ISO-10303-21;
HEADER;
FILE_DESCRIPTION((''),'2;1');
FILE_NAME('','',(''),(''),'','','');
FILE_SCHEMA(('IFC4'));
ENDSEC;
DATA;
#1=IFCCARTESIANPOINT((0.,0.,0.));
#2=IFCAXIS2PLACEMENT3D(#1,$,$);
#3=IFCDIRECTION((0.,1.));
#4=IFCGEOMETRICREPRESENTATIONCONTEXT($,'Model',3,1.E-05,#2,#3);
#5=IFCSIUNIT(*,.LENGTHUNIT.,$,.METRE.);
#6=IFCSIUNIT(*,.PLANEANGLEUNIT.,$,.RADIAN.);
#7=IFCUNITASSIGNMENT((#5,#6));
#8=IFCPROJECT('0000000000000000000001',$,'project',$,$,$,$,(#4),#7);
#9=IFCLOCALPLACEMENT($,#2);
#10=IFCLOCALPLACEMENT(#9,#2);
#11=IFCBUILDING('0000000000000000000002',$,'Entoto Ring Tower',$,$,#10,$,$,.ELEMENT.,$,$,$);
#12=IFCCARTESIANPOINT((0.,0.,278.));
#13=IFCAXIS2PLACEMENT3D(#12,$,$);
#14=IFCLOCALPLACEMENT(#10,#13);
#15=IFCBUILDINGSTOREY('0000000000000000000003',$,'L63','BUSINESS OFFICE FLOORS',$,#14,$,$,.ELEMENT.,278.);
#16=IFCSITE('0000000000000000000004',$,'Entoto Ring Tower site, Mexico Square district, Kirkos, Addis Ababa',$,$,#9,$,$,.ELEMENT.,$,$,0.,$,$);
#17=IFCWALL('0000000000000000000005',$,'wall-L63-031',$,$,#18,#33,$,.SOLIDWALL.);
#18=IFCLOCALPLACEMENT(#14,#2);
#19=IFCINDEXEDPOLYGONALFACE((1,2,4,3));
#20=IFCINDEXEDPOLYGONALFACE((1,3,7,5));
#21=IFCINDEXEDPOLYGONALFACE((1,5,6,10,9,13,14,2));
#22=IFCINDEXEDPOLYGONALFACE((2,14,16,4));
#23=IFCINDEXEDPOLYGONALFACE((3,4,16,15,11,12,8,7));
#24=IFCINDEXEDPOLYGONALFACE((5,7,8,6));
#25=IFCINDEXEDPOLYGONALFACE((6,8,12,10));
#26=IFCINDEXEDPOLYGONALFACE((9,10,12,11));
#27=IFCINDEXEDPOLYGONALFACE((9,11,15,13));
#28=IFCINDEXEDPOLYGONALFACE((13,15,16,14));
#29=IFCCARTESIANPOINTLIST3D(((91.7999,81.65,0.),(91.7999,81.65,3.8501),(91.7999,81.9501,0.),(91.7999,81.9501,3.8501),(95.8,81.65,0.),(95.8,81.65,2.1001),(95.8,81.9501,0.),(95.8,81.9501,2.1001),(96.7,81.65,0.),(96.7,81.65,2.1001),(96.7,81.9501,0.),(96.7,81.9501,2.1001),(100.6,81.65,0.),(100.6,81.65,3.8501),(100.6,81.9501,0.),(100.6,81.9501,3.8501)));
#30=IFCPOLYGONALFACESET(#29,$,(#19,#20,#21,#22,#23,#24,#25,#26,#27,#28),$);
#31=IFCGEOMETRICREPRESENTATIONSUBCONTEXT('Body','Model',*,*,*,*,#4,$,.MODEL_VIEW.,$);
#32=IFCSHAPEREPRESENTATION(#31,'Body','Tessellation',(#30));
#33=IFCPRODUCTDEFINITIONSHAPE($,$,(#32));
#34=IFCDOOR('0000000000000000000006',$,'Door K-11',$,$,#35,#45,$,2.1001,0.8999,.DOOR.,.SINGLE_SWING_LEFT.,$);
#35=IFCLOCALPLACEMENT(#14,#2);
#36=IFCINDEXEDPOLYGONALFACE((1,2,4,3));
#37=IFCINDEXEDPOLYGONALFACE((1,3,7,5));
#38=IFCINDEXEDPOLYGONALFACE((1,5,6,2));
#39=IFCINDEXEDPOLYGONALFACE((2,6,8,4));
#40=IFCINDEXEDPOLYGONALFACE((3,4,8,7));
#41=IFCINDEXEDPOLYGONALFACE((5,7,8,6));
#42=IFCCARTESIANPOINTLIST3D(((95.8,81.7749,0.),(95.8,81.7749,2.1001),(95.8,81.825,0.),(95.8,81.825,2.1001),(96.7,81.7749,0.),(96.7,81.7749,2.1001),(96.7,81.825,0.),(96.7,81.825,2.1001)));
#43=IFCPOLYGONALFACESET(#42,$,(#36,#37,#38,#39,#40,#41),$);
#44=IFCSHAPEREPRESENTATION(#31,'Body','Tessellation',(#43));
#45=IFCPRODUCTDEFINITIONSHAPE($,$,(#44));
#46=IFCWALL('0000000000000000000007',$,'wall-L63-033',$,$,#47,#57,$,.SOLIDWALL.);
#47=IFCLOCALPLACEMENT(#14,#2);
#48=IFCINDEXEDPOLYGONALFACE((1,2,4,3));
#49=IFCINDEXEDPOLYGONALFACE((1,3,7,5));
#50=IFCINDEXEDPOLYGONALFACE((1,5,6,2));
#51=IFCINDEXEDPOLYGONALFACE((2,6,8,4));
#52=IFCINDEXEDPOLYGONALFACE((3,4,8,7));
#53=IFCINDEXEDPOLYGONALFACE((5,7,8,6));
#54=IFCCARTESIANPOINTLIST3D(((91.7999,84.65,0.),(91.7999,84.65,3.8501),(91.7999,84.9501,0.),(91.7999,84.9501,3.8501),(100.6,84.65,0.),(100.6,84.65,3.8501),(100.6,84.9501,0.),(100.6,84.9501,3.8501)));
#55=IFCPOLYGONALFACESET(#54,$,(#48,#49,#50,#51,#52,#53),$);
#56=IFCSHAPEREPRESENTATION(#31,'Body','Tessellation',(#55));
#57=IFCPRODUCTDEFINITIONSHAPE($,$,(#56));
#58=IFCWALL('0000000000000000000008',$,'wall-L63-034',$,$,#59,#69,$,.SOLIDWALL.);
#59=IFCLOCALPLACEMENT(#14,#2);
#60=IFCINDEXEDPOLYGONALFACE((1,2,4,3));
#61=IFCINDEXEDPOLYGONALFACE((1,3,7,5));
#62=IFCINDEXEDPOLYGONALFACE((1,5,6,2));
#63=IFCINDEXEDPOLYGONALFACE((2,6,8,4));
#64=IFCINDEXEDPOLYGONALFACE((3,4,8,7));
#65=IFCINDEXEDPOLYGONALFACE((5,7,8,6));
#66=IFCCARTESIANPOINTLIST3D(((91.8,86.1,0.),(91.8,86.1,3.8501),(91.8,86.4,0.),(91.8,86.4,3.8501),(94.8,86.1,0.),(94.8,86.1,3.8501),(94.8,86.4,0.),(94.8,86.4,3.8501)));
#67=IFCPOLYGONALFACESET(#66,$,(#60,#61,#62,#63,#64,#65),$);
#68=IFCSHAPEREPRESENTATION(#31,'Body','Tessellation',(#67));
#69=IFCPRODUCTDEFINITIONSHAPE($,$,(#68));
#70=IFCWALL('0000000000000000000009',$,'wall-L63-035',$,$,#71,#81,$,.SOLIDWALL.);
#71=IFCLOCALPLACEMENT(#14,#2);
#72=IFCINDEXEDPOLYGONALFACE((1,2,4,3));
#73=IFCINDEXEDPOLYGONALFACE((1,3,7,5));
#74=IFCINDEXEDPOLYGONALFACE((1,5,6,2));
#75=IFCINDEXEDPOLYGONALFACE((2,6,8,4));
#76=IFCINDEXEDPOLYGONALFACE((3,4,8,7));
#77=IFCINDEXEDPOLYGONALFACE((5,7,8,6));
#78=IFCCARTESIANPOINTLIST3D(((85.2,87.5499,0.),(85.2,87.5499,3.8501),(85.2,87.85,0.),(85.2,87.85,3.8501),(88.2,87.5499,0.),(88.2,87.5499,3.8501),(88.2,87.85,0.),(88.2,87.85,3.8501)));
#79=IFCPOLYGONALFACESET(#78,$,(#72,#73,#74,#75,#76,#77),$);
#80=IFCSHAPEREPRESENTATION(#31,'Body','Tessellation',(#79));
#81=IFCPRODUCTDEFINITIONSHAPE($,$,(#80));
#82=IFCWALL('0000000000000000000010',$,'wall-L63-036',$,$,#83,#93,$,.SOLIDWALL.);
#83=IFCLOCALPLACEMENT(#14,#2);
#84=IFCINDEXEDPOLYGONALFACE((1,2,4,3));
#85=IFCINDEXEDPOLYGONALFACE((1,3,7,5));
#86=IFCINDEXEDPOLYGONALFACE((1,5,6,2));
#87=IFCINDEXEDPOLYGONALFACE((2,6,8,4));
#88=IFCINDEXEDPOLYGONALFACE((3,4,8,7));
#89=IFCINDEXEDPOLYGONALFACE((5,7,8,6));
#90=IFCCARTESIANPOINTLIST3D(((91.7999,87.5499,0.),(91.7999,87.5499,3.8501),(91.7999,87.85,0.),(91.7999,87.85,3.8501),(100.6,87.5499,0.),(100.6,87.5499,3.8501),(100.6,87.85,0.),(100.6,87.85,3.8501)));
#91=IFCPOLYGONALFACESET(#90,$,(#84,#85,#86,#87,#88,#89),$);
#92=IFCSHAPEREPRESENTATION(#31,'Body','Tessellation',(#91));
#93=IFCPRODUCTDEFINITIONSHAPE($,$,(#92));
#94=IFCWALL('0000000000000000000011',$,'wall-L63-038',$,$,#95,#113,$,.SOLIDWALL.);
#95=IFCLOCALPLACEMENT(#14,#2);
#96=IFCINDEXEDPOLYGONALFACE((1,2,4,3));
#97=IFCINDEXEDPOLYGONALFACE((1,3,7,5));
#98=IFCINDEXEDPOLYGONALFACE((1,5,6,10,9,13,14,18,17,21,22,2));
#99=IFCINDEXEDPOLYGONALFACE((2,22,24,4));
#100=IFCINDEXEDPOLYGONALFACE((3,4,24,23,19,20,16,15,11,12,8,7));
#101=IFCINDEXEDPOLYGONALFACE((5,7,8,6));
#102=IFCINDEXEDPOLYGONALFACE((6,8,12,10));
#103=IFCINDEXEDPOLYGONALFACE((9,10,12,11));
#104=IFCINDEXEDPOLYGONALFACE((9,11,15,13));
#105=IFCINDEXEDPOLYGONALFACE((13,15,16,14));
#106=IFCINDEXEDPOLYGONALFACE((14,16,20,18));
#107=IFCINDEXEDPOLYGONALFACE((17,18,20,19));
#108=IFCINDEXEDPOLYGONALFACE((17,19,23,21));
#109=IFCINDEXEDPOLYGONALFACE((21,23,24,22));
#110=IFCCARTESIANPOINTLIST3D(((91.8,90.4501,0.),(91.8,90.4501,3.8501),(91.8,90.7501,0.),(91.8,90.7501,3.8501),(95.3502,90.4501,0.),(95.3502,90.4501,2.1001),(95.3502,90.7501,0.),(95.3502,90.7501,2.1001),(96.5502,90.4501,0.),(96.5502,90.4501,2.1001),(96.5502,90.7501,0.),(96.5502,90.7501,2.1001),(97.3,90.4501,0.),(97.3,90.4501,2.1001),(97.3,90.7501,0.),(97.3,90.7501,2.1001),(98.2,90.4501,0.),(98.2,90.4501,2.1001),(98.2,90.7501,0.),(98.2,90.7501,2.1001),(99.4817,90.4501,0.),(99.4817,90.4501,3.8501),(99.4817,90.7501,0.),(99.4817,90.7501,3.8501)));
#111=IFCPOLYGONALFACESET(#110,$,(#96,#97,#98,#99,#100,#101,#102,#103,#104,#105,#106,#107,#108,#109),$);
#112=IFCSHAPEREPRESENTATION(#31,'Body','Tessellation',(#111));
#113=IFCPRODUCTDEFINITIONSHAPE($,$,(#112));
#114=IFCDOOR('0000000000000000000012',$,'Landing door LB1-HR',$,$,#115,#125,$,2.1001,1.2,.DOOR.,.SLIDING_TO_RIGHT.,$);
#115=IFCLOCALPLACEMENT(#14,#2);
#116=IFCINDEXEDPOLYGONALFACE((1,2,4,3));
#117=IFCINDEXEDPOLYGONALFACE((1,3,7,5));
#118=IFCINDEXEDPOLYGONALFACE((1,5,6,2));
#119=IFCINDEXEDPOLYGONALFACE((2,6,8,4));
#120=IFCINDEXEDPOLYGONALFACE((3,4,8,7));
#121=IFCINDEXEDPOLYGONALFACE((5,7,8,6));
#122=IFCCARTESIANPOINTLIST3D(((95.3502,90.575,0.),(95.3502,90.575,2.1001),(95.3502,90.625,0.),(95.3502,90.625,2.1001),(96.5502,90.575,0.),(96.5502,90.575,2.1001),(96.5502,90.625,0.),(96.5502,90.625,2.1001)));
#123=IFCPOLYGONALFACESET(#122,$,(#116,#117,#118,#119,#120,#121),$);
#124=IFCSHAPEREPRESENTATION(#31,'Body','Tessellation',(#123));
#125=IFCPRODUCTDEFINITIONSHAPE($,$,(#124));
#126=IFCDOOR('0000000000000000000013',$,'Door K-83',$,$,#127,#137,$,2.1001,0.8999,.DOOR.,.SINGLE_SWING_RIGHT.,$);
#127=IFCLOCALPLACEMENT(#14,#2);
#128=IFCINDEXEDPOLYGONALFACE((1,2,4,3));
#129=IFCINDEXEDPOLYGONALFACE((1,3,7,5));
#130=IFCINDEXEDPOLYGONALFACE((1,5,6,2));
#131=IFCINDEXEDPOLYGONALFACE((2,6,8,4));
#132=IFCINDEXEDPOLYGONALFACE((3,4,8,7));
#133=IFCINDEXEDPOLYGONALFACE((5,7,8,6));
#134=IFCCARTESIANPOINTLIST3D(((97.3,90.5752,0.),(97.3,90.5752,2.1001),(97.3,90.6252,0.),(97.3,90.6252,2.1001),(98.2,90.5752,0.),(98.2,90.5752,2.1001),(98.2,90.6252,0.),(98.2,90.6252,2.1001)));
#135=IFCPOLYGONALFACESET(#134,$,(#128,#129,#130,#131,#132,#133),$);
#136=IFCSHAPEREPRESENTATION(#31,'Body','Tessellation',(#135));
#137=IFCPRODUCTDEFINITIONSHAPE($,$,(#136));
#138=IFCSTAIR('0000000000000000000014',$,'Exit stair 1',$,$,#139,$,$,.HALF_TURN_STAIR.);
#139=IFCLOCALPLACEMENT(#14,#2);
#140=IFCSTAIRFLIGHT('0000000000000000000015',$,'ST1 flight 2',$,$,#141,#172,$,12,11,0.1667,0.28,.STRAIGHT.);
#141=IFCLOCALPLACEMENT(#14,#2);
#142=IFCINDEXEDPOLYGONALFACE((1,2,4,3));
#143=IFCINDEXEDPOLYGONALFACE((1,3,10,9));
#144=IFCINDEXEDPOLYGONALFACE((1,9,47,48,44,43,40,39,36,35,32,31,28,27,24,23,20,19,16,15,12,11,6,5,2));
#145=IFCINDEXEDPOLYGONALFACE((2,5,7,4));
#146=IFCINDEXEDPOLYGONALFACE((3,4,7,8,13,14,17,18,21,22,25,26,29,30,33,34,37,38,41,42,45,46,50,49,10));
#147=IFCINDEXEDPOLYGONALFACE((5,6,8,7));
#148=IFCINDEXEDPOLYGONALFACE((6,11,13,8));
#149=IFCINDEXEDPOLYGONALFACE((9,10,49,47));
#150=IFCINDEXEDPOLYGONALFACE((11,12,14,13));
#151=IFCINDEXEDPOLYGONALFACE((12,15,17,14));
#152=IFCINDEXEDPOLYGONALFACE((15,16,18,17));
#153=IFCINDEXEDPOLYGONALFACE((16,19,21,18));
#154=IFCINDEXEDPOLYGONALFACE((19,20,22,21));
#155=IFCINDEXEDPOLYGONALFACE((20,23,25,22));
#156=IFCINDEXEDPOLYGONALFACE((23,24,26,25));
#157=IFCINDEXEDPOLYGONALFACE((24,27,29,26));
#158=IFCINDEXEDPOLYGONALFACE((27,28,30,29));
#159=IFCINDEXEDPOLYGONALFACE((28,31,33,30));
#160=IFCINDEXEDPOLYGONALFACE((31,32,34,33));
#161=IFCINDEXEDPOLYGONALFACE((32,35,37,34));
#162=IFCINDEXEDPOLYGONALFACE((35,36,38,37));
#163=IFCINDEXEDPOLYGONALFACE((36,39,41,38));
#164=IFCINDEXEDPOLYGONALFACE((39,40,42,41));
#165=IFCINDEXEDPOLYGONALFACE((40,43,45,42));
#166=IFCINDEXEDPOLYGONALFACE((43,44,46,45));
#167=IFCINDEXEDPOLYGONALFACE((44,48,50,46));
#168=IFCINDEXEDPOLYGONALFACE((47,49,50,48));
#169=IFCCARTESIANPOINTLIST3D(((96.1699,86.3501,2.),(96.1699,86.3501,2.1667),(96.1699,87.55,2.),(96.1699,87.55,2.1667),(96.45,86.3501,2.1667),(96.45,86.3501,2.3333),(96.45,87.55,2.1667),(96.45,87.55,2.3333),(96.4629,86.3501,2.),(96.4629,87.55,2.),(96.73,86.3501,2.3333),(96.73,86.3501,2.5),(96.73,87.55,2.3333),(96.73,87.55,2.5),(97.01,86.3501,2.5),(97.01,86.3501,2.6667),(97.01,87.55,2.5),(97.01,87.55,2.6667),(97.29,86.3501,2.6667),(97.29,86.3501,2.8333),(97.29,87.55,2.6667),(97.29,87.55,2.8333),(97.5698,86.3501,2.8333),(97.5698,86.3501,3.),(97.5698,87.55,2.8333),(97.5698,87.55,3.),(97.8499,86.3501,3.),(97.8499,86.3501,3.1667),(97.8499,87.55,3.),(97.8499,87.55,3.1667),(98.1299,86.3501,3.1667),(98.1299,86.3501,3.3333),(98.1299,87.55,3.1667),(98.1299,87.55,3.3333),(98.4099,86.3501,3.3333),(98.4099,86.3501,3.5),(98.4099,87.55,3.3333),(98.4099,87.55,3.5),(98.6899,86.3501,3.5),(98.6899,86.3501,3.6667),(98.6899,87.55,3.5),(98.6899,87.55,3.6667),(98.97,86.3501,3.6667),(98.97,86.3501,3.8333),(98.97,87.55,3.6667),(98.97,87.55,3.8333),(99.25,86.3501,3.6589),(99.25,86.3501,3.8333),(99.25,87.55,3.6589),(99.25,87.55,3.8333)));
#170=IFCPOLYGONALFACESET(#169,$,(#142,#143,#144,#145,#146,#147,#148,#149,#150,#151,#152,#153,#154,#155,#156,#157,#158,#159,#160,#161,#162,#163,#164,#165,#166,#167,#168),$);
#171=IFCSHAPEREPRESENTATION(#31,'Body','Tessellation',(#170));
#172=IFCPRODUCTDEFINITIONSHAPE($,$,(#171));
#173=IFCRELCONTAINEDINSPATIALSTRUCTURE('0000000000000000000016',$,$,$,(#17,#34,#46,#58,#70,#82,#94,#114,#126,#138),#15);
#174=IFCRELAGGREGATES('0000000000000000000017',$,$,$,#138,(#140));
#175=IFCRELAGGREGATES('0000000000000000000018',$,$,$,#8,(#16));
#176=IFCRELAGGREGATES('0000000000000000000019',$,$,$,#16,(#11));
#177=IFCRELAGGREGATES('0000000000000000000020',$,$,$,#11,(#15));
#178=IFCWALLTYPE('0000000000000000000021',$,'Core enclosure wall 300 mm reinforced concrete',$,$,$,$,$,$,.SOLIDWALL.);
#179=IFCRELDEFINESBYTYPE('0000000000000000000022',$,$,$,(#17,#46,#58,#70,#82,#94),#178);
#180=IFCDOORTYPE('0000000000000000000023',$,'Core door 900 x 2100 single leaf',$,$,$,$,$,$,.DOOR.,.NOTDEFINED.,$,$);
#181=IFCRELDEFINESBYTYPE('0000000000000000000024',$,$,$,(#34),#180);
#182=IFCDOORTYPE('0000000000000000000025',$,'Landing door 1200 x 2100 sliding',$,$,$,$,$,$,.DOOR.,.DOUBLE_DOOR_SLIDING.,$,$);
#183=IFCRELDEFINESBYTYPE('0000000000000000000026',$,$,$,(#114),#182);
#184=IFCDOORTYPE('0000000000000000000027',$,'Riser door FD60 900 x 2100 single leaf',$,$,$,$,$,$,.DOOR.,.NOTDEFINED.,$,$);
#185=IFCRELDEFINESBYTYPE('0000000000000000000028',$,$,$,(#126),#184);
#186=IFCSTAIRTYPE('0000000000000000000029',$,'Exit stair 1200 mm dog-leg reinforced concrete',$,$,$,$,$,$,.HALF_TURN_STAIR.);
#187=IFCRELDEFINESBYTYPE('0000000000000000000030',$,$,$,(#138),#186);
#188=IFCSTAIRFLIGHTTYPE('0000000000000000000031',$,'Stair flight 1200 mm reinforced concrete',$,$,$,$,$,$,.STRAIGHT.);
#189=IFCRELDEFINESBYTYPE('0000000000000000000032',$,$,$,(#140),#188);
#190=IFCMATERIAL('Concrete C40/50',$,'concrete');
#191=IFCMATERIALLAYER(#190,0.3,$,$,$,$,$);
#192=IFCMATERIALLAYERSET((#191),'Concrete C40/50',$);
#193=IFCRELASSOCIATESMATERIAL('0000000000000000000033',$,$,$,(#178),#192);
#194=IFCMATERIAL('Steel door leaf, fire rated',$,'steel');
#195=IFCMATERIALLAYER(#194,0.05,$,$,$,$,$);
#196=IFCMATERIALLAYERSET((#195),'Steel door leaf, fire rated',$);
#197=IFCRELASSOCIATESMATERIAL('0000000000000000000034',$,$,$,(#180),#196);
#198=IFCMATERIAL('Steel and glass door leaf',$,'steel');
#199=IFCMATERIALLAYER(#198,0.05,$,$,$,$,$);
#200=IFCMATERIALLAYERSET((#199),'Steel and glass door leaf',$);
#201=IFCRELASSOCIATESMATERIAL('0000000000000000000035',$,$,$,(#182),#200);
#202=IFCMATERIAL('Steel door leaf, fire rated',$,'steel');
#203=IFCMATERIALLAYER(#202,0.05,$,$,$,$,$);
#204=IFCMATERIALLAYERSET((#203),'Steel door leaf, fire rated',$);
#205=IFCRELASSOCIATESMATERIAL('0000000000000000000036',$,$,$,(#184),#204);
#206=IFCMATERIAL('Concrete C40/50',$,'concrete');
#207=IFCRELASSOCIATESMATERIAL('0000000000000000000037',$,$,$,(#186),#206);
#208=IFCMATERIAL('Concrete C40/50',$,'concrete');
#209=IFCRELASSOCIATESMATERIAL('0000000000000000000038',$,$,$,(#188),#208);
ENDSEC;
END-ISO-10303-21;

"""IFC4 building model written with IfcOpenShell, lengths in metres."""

from ifc_helpers import new_model, si_unit, direction, frame, frame_2d, origin, place, context, subcontext, project, spatial, polyline, rectangle, outline, extrude, material, layer, layer_set, type_object, element, fill, aggregate, save


model = new_model("IFC4")

# Units and contexts
model_context = context("Model", 3, precision=1e-05, world=origin(), true_north=direction((0.0, 1.0)))
body_context = subcontext(model_context, "Body", "Model", "MODEL_VIEW")
ifc_project = project(units=[si_unit("LENGTHUNIT", "METRE"), si_unit("PLANEANGLEUNIT", "RADIAN")], contexts=[model_context])

# Site, building, storey
site_placement = place(None, origin())
site = spatial("IfcSite", under=ifc_project, at=site_placement, Name="Entoto Ring Tower site, Mexico Square district, Kirkos, Addis Ababa", CompositionType="ELEMENT", RefElevation=0.0)
building_placement = place(site_placement, origin())
building = spatial("IfcBuilding", under=site, at=building_placement, Name="Entoto Ring Tower", CompositionType="ELEMENT")
storey_placement = place(building_placement, frame((0.0, 0.0, 278.0)))
storey = spatial("IfcBuildingStorey", under=building, at=storey_placement, Name="L63", Description="BUSINESS OFFICE FLOORS", CompositionType="ELEMENT", Elevation=278.0)

# Shared definitions
ifc_material_1 = material(Name="Concrete C40/50", Category="concrete")
ifc_layer_1 = layer(ifc_material_1, 0.3)
ifc_layer_set_1 = layer_set([ifc_layer_1], Name="Concrete C40/50")
wall_type = type_object("IfcWallType", Name="Core enclosure wall 300 mm reinforced concrete", PredefinedType="SOLIDWALL", material=ifc_layer_set_1)

# Shared definitions
ifc_material_2 = material(Name="Steel door leaf, fire rated", Category="steel")
ifc_layer_2 = layer(ifc_material_2, 0.05)
ifc_layer_set_2 = layer_set([ifc_layer_2], Name="Steel door leaf, fire rated")
door_type_1 = type_object("IfcDoorType", Name="Core door 900 x 2100 single leaf", OperationType="NOTDEFINED", PredefinedType="DOOR", material=ifc_layer_set_2)
ifc_material_3 = material(Name="Steel and glass door leaf", Category="steel")
ifc_layer_3 = layer(ifc_material_3, 0.05)
ifc_layer_set_3 = layer_set([ifc_layer_3], Name="Steel and glass door leaf")
door_type_2 = type_object("IfcDoorType", Name="Landing door 1200 x 2100 sliding", OperationType="DOUBLE_DOOR_SLIDING", PredefinedType="DOOR", material=ifc_layer_set_3)

# Wall, opening, door
wall_1_placement = place(storey_placement, frame((91.8, 81.8, 0.0), z_axis=(0.0, 0.0, 1.0), x_axis=(1.0, 0.0, 0.0)))
wall_1 = element("IfcWall", 1, at=wall_1_placement, inside=storey, type_object=wall_type, Name="wall-L63-031", PredefinedType="SOLIDWALL", context=body_context, shape_type="SweptSolid", body=[
    extrude(rectangle(XDim=8.8, YDim=0.3, at=frame_2d((4.3999, 0.0))), origin(), (0.0, 0.0, 1.0), 3.8501),
])
opening_1_placement = place(wall_1_placement, frame((4.0, 0.0, 0.0)))
opening_1 = element("IfcOpeningElement", 2, at=opening_1_placement, cuts=wall_1, PredefinedType="OPENING", context=body_context, shape_type="SweptSolid", body=[
    extrude(rectangle(XDim=0.8999, YDim=2.1001, at=frame_2d((0.45, 1.05))), frame((0.0, 0.1602, 0.0), z_axis=(0.0, -1.0, 0.0), x_axis=(1.0, 0.0, 0.0)), (0.0, 0.0, 1.0), 0.3201),
])
door_1_placement = place(opening_1_placement, origin())
door_1 = element("IfcDoor", 3, at=door_1_placement, inside=storey, type_object=door_type_1, Name="Door K-11", OperationType="SINGLE_SWING_LEFT", OverallHeight=2.1001, OverallWidth=0.8999, PredefinedType="DOOR", context=body_context, shape_type="SweptSolid", body=[
    extrude(rectangle(XDim=0.8999, YDim=2.1001, at=frame_2d((0.45, 1.05))), frame((0.0, 0.0249, 0.0), z_axis=(0.0, -1.0, 0.0), x_axis=(1.0, 0.0, 0.0)), (0.0, 0.0, 1.0), 0.05),
])
fill(opening_1, door_1)

# Walls
wall_2_placement = place(storey_placement, frame((91.8, 84.8, 0.0), z_axis=(0.0, 0.0, 1.0), x_axis=(1.0, 0.0, 0.0)))
element("IfcWall", 4, at=wall_2_placement, inside=storey, type_object=wall_type, Name="wall-L63-033", PredefinedType="SOLIDWALL", context=body_context, shape_type="SweptSolid", body=[
    extrude(rectangle(XDim=8.8, YDim=0.3, at=frame_2d((4.3999, 0.0))), origin(), (0.0, 0.0, 1.0), 3.8501),
])
for number, where, z_axis, x_axis, name in (
    (5, (91.8, 86.25, 0.0), (0.0, 0.0, 1.0), (1.0, 0.0, 0.0), "wall-L63-034"),
    (6, (85.2, 87.7, 0.0), (0.0, 0.0, 1.0), (1.0, 0.0, 0.0), "wall-L63-035"),
):
    element("IfcWall", number, at=place(storey_placement, frame(where, z_axis=z_axis, x_axis=x_axis)), inside=storey, type_object=wall_type, Name=name, PredefinedType="SOLIDWALL", context=body_context, shape_type="SweptSolid", body=[
        extrude(rectangle(XDim=3.0, YDim=0.3, at=frame_2d((1.5, 0.0))), origin(), (0.0, 0.0, 1.0), 3.8501),
    ])
wall_3_placement = place(storey_placement, frame((91.8, 87.7, 0.0), z_axis=(0.0, 0.0, 1.0), x_axis=(1.0, 0.0, 0.0)))
element("IfcWall", 7, at=wall_3_placement, inside=storey, type_object=wall_type, Name="wall-L63-036", PredefinedType="SOLIDWALL", context=body_context, shape_type="SweptSolid", body=[
    extrude(rectangle(XDim=8.8, YDim=0.3, at=frame_2d((4.3999, 0.0))), origin(), (0.0, 0.0, 1.0), 3.8501),
])

# Wall, openings, doors
wall_4_placement = place(storey_placement, frame((91.8, 90.6001, 0.0), z_axis=(0.0, 0.0, 1.0), x_axis=(1.0, 0.0, 0.0)))
wall_4 = element("IfcWall", 8, at=wall_4_placement, inside=storey, type_object=wall_type, Name="wall-L63-038", PredefinedType="SOLIDWALL", context=body_context, shape_type="SweptSolid", body=[
    extrude(rectangle(XDim=7.6816, YDim=0.3, at=frame_2d((3.8408, 0.0))), origin(), (0.0, 0.0, 1.0), 3.8501),
])
opening_2_placement = place(wall_4_placement, frame((3.55, 0.0, 0.0)))
opening_2 = element("IfcOpeningElement", 9, at=opening_2_placement, cuts=wall_4, PredefinedType="OPENING", context=body_context, shape_type="SweptSolid", body=[
    extrude(rectangle(XDim=1.2, YDim=2.1001, at=frame_2d((0.6001, 1.05))), frame((0.0, 0.1602, 0.0), z_axis=(0.0, -1.0, 0.0), x_axis=(1.0, 0.0, 0.0)), (0.0, 0.0, 1.0), 0.3201),
])
opening_3_placement = place(wall_4_placement, frame((5.5, 0.0, 0.0)))
opening_3 = element("IfcOpeningElement", 10, at=opening_3_placement, cuts=wall_4, PredefinedType="OPENING", context=body_context, shape_type="SweptSolid", body=[
    extrude(rectangle(XDim=0.8999, YDim=2.1001, at=frame_2d((0.45, 1.05))), frame((0.0, 0.1602, 0.0), z_axis=(0.0, -1.0, 0.0), x_axis=(1.0, 0.0, 0.0)), (0.0, 0.0, 1.0), 0.3201),
])
door_2_placement = place(opening_2_placement, origin())
door_2 = element("IfcDoor", 11, at=door_2_placement, inside=storey, type_object=door_type_2, Name="Landing door LB1-HR", OperationType="SLIDING_TO_RIGHT", OverallHeight=2.1001, OverallWidth=1.2, PredefinedType="DOOR", context=body_context, shape_type="SweptSolid", body=[
    extrude(rectangle(XDim=1.2, YDim=2.1001, at=frame_2d((0.6001, 1.05))), frame((0.0, 0.0249, 0.0), z_axis=(0.0, -1.0, 0.0), x_axis=(1.0, 0.0, 0.0)), (0.0, 0.0, 1.0), 0.05),
])
fill(opening_2, door_2)
ifc_material_4 = material(Name="Steel door leaf, fire rated", Category="steel")
ifc_layer_4 = layer(ifc_material_4, 0.05)
ifc_layer_set_4 = layer_set([ifc_layer_4], Name="Steel door leaf, fire rated")
door_type_3 = type_object("IfcDoorType", Name="Riser door FD60 900 x 2100 single leaf", OperationType="NOTDEFINED", PredefinedType="DOOR", material=ifc_layer_set_4)
door_3_placement = place(opening_3_placement, frame((0.8999, 0.0, 0.0), z_axis=(0.0, 0.0, 1.0), x_axis=(-1.0, 0.0, 0.0)))
door_3 = element("IfcDoor", 12, at=door_3_placement, inside=storey, type_object=door_type_3, Name="Door K-83", OperationType="SINGLE_SWING_RIGHT", OverallHeight=2.1001, OverallWidth=0.8999, PredefinedType="DOOR", context=body_context, shape_type="SweptSolid", body=[
    extrude(rectangle(XDim=0.8999, YDim=2.1001, at=frame_2d((0.45, 1.05))), frame((0.0, 0.0249, 0.0), z_axis=(0.0, -1.0, 0.0), x_axis=(1.0, 0.0, 0.0)), (0.0, 0.0, 1.0), 0.05),
])
fill(opening_3, door_3)

# Stair, stair flight
ifc_material_5 = material(Name="Concrete C40/50", Category="concrete")
stair_type = type_object("IfcStairType", Name="Exit stair 1200 mm dog-leg reinforced concrete", PredefinedType="HALF_TURN_STAIR", material=ifc_material_5)
stair_placement = place(storey_placement, origin())
stair = element("IfcStair", 13, at=stair_placement, inside=storey, type_object=stair_type, Name="Exit stair 1", PredefinedType="HALF_TURN_STAIR")
ifc_material_6 = material(Name="Concrete C40/50", Category="concrete")
stair_flight_type = type_object("IfcStairFlightType", Name="Stair flight 1200 mm reinforced concrete", PredefinedType="STRAIGHT", material=ifc_material_6)
stair_flight_placement = place(storey_placement, frame((96.1699, 86.95, 2.0), z_axis=(0.0, 0.0, 1.0), x_axis=(1.0, 0.0, 0.0)))
stair_flight = element("IfcStairFlight", 14, at=stair_flight_placement, type_object=stair_flight_type, Name="ST1 flight 2", NumberOfRisers=12, NumberOfTreads=11, PredefinedType="STRAIGHT", RiserHeight=0.1667, TreadLength=0.28, context=body_context, shape_type="SweptSolid", body=[
    extrude(outline(polyline([(0.0, 0.0), (0.0, 0.1667), (0.28, 0.1667), (0.28, 0.3333), (0.5601, 0.3333), (0.5601, 0.5), (0.8401, 0.5), (0.8401, 0.6667), (1.1201, 0.6667), (1.1201, 0.8333), (1.3999, 0.8333), (1.3999, 1.0), (1.6799, 1.0), (1.6799, 1.1667), (1.96, 1.1667), (1.96, 1.3333), (2.24, 1.3333), (2.24, 1.5), (2.52, 1.5), (2.52, 1.6667), (2.8, 1.6667), (2.8, 1.8333), (3.0801, 1.8333), (3.0801, 2.0), (3.0801, 1.6589), (0.293, 0.0), (0.0, 0.0)])), frame((0.0, 0.6001, 0.0), z_axis=(0.0, -1.0, 0.0), x_axis=(1.0, 0.0, 0.0)), (0.0, 0.0, 1.0), 1.2),
])
aggregate(stair, [stair_flight])

save(model, "model.ifc")
